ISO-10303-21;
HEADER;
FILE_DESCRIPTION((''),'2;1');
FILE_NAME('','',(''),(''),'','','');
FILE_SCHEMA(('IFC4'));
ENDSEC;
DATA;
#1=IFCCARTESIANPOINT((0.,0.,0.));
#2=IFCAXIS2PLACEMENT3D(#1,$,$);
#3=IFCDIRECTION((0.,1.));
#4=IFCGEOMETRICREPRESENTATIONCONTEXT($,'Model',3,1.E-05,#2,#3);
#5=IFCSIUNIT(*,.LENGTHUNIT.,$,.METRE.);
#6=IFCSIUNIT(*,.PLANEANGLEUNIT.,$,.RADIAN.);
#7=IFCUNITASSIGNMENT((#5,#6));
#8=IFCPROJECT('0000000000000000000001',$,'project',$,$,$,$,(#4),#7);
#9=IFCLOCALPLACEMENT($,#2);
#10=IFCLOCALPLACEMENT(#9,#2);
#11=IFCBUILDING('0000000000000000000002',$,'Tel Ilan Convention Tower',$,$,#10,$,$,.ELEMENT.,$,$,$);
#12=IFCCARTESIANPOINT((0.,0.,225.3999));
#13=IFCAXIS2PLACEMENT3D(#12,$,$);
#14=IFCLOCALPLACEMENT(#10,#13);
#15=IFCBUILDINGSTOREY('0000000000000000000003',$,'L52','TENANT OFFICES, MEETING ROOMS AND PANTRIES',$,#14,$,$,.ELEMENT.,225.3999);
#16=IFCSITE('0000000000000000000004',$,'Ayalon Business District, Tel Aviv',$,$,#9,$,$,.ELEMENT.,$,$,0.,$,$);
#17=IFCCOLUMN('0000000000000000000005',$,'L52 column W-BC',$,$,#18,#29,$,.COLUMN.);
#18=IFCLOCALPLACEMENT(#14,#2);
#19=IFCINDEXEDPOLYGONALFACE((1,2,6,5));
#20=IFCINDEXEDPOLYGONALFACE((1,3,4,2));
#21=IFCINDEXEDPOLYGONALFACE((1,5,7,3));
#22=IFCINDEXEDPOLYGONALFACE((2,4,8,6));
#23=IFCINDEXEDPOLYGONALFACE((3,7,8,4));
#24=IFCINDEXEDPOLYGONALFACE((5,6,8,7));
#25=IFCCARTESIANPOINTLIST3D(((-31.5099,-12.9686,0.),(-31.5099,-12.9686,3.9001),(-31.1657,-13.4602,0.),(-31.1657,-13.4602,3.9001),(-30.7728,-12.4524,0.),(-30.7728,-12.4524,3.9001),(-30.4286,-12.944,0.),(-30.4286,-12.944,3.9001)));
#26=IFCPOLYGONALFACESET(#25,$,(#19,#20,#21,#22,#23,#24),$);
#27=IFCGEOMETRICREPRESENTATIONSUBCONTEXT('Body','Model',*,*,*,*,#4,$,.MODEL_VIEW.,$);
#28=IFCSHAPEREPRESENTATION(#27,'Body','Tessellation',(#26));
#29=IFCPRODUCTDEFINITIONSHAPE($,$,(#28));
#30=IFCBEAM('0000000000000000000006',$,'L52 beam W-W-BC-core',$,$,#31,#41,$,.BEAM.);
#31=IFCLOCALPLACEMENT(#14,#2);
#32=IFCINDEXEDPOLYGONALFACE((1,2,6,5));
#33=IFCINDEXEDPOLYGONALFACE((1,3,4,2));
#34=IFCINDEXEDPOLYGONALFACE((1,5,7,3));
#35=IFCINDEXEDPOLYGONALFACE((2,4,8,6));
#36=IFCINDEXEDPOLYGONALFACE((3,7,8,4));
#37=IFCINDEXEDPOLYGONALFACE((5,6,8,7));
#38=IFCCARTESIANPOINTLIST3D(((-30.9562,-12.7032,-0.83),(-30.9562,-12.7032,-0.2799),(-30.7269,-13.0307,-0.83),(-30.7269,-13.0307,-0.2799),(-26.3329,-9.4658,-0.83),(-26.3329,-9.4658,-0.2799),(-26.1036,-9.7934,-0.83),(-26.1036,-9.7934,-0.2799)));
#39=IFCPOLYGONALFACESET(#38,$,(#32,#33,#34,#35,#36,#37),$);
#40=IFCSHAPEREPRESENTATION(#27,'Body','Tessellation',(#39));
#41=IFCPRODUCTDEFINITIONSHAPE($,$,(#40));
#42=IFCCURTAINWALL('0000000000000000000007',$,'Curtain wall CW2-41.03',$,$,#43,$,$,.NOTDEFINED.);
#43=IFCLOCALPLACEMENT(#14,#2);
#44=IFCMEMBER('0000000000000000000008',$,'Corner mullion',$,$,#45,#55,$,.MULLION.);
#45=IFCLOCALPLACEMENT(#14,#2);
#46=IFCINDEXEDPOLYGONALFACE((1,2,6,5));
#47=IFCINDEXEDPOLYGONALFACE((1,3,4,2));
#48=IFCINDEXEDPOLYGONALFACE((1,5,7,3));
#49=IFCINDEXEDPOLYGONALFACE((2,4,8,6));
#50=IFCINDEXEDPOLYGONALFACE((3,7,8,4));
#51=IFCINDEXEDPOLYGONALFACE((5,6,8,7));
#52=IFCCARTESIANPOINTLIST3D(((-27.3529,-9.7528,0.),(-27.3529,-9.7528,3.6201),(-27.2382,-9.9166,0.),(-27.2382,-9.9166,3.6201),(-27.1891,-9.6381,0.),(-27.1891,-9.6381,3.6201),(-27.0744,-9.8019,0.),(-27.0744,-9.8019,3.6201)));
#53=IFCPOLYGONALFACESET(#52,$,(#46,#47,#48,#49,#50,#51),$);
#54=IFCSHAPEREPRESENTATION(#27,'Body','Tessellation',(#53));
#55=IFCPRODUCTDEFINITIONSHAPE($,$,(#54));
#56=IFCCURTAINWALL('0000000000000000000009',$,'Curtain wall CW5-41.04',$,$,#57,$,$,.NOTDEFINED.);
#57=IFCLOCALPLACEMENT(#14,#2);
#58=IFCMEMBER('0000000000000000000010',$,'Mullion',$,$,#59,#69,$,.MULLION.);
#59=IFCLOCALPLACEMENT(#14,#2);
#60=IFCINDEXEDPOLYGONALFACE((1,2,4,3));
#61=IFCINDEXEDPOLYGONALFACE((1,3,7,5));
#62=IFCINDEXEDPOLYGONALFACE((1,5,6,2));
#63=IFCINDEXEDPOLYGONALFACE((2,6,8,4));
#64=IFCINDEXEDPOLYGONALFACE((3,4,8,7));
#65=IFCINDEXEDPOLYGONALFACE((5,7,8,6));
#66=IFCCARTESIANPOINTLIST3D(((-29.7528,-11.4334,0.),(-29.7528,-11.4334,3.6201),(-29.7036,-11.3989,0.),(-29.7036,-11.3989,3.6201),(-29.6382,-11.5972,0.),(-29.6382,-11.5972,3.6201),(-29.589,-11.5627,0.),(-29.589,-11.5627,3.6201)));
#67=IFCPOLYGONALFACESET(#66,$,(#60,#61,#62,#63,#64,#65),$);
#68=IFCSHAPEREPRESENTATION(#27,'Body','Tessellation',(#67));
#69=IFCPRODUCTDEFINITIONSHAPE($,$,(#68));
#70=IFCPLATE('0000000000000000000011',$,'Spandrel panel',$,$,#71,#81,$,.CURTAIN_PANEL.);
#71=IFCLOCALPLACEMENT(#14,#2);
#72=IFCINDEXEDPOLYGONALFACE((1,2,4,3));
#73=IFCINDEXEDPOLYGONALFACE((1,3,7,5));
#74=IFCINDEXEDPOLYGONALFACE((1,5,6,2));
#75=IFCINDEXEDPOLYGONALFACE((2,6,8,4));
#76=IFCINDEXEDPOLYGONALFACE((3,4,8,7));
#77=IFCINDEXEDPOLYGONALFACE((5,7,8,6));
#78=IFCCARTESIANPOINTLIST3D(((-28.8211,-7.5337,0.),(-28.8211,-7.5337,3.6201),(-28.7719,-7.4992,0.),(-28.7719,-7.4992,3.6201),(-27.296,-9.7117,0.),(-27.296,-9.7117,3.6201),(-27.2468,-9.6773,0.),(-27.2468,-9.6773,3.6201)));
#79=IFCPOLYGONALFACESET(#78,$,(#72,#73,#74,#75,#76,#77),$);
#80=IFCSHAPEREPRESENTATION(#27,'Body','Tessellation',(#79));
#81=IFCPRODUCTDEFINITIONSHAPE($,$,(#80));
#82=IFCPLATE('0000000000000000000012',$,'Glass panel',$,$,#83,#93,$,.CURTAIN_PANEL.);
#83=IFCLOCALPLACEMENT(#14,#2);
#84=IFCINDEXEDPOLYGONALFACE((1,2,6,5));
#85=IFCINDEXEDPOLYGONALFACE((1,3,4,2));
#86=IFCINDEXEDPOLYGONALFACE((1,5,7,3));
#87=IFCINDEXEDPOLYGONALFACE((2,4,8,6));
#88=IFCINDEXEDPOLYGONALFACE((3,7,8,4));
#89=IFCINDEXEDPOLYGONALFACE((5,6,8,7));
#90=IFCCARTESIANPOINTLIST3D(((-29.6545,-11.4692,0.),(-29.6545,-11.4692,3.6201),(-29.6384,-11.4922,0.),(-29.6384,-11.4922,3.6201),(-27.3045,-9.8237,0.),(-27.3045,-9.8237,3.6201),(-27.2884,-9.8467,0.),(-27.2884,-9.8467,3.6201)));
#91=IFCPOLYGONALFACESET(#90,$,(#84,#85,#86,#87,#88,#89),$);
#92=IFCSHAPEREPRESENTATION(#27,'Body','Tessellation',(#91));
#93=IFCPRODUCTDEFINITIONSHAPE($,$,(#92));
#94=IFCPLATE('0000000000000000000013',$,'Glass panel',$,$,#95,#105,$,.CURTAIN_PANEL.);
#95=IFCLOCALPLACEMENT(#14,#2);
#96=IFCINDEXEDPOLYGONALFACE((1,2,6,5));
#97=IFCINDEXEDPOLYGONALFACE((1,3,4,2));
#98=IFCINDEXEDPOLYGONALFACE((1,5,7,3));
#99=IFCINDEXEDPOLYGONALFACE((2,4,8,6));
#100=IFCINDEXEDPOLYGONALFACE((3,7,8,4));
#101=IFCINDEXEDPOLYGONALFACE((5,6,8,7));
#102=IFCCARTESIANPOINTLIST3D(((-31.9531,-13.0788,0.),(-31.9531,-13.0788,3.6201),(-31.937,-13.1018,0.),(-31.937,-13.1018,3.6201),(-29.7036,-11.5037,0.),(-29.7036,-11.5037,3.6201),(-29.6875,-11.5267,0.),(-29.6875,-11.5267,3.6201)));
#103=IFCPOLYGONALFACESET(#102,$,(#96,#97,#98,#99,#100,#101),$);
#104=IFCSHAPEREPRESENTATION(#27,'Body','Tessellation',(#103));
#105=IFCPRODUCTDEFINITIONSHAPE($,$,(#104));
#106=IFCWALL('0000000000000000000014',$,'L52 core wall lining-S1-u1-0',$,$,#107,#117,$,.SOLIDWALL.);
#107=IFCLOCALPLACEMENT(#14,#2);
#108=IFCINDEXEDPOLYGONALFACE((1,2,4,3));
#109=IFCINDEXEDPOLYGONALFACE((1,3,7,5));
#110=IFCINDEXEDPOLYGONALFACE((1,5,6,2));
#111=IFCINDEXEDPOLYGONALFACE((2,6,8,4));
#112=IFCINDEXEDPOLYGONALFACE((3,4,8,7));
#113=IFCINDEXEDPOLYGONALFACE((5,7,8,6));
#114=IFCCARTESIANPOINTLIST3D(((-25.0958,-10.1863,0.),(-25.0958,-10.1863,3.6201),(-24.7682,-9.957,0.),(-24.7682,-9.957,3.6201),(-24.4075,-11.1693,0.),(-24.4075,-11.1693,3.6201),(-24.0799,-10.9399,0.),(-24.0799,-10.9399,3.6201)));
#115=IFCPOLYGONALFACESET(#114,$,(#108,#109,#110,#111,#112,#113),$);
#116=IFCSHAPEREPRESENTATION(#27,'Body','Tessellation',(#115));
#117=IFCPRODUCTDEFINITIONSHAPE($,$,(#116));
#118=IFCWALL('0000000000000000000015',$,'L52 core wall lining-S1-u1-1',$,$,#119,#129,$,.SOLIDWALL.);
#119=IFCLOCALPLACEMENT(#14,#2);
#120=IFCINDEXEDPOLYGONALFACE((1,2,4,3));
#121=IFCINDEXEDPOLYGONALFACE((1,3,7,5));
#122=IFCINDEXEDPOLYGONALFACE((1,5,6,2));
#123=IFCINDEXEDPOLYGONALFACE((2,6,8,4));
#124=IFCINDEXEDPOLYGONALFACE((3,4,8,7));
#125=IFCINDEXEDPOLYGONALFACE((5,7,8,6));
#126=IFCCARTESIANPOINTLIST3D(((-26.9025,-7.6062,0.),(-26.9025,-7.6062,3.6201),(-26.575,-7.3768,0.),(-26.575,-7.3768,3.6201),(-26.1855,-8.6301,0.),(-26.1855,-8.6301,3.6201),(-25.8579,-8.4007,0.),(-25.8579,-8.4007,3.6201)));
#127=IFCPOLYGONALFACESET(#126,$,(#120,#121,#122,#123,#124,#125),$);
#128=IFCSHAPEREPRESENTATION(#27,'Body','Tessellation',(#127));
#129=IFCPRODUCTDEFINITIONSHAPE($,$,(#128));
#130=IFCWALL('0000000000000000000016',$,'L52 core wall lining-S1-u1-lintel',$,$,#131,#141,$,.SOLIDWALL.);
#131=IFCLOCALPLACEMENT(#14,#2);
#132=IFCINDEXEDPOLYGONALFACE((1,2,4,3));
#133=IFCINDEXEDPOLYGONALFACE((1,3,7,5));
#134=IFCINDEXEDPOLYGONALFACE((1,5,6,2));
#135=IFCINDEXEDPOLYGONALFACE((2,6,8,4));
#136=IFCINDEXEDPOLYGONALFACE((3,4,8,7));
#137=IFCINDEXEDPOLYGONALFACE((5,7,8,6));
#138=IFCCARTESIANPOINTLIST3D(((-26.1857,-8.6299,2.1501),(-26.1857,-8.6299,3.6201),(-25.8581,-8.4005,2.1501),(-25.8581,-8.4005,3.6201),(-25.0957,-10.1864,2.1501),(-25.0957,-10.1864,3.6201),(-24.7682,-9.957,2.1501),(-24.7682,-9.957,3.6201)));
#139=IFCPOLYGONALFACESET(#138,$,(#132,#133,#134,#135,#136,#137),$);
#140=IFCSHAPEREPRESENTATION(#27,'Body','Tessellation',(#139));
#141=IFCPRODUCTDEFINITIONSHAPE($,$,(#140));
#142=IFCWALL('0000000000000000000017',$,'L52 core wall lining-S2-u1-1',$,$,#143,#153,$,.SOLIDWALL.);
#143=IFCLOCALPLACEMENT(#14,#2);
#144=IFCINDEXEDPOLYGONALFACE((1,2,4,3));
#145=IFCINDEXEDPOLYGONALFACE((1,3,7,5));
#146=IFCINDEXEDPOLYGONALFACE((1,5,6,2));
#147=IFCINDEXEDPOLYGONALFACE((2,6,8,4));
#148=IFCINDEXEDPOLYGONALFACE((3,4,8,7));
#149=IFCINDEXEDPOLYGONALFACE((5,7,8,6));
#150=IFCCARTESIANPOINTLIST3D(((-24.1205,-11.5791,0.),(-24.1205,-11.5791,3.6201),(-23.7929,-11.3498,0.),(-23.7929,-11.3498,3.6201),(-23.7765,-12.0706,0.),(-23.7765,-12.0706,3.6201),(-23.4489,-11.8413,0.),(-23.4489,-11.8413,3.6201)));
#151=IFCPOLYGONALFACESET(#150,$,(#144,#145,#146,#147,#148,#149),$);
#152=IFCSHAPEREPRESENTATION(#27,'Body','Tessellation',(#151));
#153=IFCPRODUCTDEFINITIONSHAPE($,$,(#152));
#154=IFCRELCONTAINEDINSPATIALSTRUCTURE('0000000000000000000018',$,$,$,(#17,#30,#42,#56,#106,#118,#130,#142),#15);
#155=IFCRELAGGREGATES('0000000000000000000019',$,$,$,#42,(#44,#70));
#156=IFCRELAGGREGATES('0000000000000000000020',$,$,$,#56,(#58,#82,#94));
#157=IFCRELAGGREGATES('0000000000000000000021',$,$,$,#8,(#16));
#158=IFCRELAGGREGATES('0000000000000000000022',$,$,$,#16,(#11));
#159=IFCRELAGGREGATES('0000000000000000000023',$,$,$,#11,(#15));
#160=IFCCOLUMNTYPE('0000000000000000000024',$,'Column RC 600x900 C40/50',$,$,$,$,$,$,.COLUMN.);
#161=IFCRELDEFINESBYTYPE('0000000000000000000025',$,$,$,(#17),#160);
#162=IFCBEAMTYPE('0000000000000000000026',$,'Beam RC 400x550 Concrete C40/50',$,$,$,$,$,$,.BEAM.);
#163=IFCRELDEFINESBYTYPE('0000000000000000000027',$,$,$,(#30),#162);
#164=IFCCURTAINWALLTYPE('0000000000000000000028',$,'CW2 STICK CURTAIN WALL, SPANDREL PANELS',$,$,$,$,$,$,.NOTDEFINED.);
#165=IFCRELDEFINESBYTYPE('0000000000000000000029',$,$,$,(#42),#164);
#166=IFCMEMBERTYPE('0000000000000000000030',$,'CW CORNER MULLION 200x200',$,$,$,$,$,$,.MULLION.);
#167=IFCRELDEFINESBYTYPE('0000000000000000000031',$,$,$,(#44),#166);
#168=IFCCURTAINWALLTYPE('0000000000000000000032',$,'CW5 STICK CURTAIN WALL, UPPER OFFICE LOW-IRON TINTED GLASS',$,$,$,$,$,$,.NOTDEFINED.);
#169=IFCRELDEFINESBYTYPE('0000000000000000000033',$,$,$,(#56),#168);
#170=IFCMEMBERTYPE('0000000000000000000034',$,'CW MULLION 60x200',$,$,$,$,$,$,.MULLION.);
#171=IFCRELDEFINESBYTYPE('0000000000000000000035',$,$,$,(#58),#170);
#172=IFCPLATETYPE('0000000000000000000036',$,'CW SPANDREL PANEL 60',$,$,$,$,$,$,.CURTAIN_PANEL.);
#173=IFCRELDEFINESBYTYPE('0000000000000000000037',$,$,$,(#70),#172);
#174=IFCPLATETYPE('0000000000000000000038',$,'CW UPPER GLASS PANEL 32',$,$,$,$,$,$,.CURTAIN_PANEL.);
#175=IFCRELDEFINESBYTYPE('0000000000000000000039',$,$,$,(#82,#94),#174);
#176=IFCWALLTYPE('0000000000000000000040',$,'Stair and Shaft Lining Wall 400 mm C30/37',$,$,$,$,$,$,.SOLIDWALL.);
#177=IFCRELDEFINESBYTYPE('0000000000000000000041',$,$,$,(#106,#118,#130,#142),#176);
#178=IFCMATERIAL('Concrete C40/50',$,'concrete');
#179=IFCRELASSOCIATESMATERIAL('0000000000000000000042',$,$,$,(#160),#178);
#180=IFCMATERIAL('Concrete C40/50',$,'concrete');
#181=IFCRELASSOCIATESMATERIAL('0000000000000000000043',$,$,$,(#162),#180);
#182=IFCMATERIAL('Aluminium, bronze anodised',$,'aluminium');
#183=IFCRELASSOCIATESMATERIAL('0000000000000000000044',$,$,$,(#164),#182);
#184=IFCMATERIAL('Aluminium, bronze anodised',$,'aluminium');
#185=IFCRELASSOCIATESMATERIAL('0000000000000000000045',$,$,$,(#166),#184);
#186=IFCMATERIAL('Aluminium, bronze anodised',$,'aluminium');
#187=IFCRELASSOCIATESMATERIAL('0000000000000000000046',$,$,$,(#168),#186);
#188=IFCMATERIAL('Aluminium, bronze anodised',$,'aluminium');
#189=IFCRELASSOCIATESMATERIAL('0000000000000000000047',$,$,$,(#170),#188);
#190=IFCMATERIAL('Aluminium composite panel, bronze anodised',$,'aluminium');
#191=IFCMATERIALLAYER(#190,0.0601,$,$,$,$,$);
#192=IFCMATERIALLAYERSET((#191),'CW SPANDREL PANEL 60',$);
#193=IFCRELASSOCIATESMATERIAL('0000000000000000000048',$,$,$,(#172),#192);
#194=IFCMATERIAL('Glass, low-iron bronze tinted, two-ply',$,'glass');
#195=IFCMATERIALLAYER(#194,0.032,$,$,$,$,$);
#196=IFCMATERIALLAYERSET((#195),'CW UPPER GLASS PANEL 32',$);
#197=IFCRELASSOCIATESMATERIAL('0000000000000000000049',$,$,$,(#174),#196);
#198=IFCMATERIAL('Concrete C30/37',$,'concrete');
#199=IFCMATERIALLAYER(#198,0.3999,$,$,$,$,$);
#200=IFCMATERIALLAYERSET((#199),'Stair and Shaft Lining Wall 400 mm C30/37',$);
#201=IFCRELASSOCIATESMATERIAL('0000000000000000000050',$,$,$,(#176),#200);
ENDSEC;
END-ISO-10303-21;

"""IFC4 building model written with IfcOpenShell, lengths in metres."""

from ifc_helpers import new_model, si_unit, direction, frame, frame_2d, origin, origin_2d, place, context, subcontext, project, spatial, rectangle, extrude, material, layer, layer_set, material_profile, profile_set, type_object, element, aggregate, save


model = new_model("IFC4")

# Units and contexts
model_context = context("Model", 3, precision=1e-05, world=origin(), true_north=direction((0.0, 1.0)))
body_context = subcontext(model_context, "Body", "Model", "MODEL_VIEW")
ifc_project = project(units=[si_unit("LENGTHUNIT", "METRE"), si_unit("PLANEANGLEUNIT", "RADIAN")], contexts=[model_context])

# Site, building, storey
site_placement = place(None, origin())
site = spatial("IfcSite", under=ifc_project, at=site_placement, Name="Ayalon Business District, Tel Aviv", CompositionType="ELEMENT", RefElevation=0.0)
building_placement = place(site_placement, origin())
building = spatial("IfcBuilding", under=site, at=building_placement, Name="Tel Ilan Convention Tower", CompositionType="ELEMENT")
storey_placement = place(building_placement, frame((0.0, 0.0, 225.3999)))
storey = spatial("IfcBuildingStorey", under=building, at=storey_placement, Name="L52", Description="TENANT OFFICES, MEETING ROOMS AND PANTRIES", CompositionType="ELEMENT", Elevation=225.3999)

# Column
ifc_material_1 = material(Name="Concrete C40/50", Category="concrete")
ifc_material_profile_1 = material_profile(ifc_material_1, rectangle(XDim=0.8999, YDim=0.6001, at=origin_2d()), Name="RC 600x900")
ifc_profile_set_1 = profile_set([ifc_material_profile_1], Name="Concrete C40/50")
column_type = type_object("IfcColumnType", Name="Column RC 600x900 C40/50", PredefinedType="COLUMN", material=ifc_profile_set_1)
column_placement = place(storey_placement, frame((-30.9692, -12.9563, 0.0), z_axis=(0.0, 0.0, 1.0), x_axis=(-0.819152, -0.573576, 0.0)))
element("IfcColumn", 1, at=column_placement, inside=storey, type_object=column_type, Name="L52 column W-BC", PredefinedType="COLUMN", context=body_context, shape_type="SweptSolid", body=[
    extrude(rectangle(XDim=0.8999, YDim=0.6001, at=origin_2d()), origin(), (0.0, 0.0, 1.0), 3.9001),
])

# Beam
ifc_material_2 = material(Name="Concrete C40/50", Category="concrete")
ifc_material_profile_2 = material_profile(ifc_material_2, rectangle(XDim=0.3999, YDim=0.55, at=origin_2d()), Name="RC 400x550")
ifc_profile_set_2 = profile_set([ifc_material_profile_2], Name="Concrete C40/50")
beam_type = type_object("IfcBeamType", Name="Beam RC 400x550 Concrete C40/50", PredefinedType="BEAM", material=ifc_profile_set_2)
beam_placement = place(storey_placement, frame((-30.8416, -12.8669, -0.5549), z_axis=(0.819149, 0.573581, 0.0), x_axis=(-0.573581, 0.819149, 0.0)))
element("IfcBeam", 2, at=beam_placement, inside=storey, type_object=beam_type, Name="L52 beam W-W-BC-core", PredefinedType="BEAM", context=body_context, shape_type="SweptSolid", body=[
    extrude(rectangle(XDim=0.3999, YDim=0.55, at=origin_2d()), origin(), (0.0, 0.0, 1.0), 5.644),
])

# Curtain walls, members
ifc_material_3 = material(Name="Aluminium, bronze anodised", Category="aluminium")
curtain_wall_type_1 = type_object("IfcCurtainWallType", Name="CW2 STICK CURTAIN WALL, SPANDREL PANELS", PredefinedType="NOTDEFINED", material=ifc_material_3)
curtain_wall_1_placement = place(storey_placement, origin())
curtain_wall_1 = element("IfcCurtainWall", 3, at=curtain_wall_1_placement, inside=storey, type_object=curtain_wall_type_1, Name="Curtain wall CW2-41.03", PredefinedType="NOTDEFINED")
ifc_material_4 = material(Name="Aluminium, bronze anodised", Category="aluminium")
ifc_material_profile_3 = material_profile(ifc_material_4, rectangle(XDim=0.2, YDim=0.2, at=origin_2d()), Name="CW CORNER MULLION 200x200")
ifc_profile_set_3 = profile_set([ifc_material_profile_3], Name="Aluminium, bronze anodised")
member_type_1 = type_object("IfcMemberType", Name="CW CORNER MULLION 200x200", PredefinedType="MULLION", material=ifc_profile_set_3)
member_1_placement = place(storey_placement, frame((-27.2136, -9.7773, 0.0), z_axis=(0.0, 0.0, 1.0), x_axis=(0.573576, -0.819152, 0.0)))
member_1 = element("IfcMember", 4, at=member_1_placement, type_object=member_type_1, Name="Corner mullion", PredefinedType="MULLION", context=body_context, shape_type="SweptSolid", body=[
    extrude(rectangle(XDim=0.2, YDim=0.2, at=origin_2d()), origin(), (0.0, 0.0, 1.0), 3.6201),
])
ifc_material_5 = material(Name="Aluminium, bronze anodised", Category="aluminium")
curtain_wall_type_2 = type_object("IfcCurtainWallType", Name="CW5 STICK CURTAIN WALL, UPPER OFFICE LOW-IRON TINTED GLASS", PredefinedType="NOTDEFINED", material=ifc_material_5)
curtain_wall_2_placement = place(storey_placement, origin())
curtain_wall_2 = element("IfcCurtainWall", 5, at=curtain_wall_2_placement, inside=storey, type_object=curtain_wall_type_2, Name="Curtain wall CW5-41.04", PredefinedType="NOTDEFINED")
ifc_material_6 = material(Name="Aluminium, bronze anodised", Category="aluminium")
ifc_material_profile_4 = material_profile(ifc_material_6, rectangle(XDim=0.0601, YDim=0.2, at=origin_2d()), Name="CW MULLION 60x200")
ifc_profile_set_4 = profile_set([ifc_material_profile_4], Name="Aluminium, bronze anodised")
member_type_2 = type_object("IfcMemberType", Name="CW MULLION 60x200", PredefinedType="MULLION", material=ifc_profile_set_4)
member_2_placement = place(storey_placement, frame((-29.6709, -11.498, 0.0), z_axis=(0.0, 0.0, 1.0), x_axis=(-0.819152, -0.573576, 0.0)))
member_2 = element("IfcMember", 6, at=member_2_placement, type_object=member_type_2, Name="Mullion", PredefinedType="MULLION", context=body_context, shape_type="SweptSolid", body=[
    extrude(rectangle(XDim=0.0601, YDim=0.2, at=origin_2d()), origin(), (0.0, 0.0, 1.0), 3.6201),
])

# Plates
ifc_material_7 = material(Name="Aluminium composite panel, bronze anodised", Category="aluminium")
ifc_layer_1 = layer(ifc_material_7, 0.0601)
ifc_layer_set_1 = layer_set([ifc_layer_1], Name="CW SPANDREL PANEL 60")
plate_type_1 = type_object("IfcPlateType", Name="CW SPANDREL PANEL 60", PredefinedType="CURTAIN_PANEL", material=ifc_layer_set_1)
plate_1_placement = place(storey_placement, frame((-28.0339, -8.6055, 0.0), z_axis=(0.0, 0.0, 1.0), x_axis=(0.573576, -0.819152, 0.0)))
plate_1 = element("IfcPlate", 7, at=plate_1_placement, type_object=plate_type_1, Name="Spandrel panel", PredefinedType="CURTAIN_PANEL", context=body_context, shape_type="SweptSolid", body=[
    extrude(rectangle(XDim=2.6589, YDim=0.0601, at=origin_2d()), origin(), (0.0, 0.0, 1.0), 3.6201),
])
aggregate(curtain_wall_1, [member_1, plate_1])
ifc_material_8 = material(Name="Glass, low-iron bronze tinted, two-ply", Category="glass")
ifc_layer_2 = layer(ifc_material_8, 0.032)
ifc_layer_set_2 = layer_set([ifc_layer_2], Name="CW UPPER GLASS PANEL 32")
plate_type_2 = type_object("IfcPlateType", Name="CW UPPER GLASS PANEL 32", PredefinedType="CURTAIN_PANEL", material=ifc_layer_set_2)
plate_2_placement = place(storey_placement, frame((-28.4714, -10.658, 0.0), z_axis=(0.0, 0.0, 1.0), x_axis=(-0.819152, -0.573576, 0.0)))
plate_2 = element("IfcPlate", 8, at=plate_2_placement, type_object=plate_type_2, Name="Glass panel", PredefinedType="CURTAIN_PANEL", context=body_context, shape_type="SweptSolid", body=[
    extrude(rectangle(XDim=2.8689, YDim=0.0281, at=origin_2d()), origin(), (0.0, 0.0, 1.0), 3.6201),
])
plate_3_placement = place(storey_placement, frame((-30.8203, -12.3027, 0.0), z_axis=(0.0, 0.0, 1.0), x_axis=(-0.819152, -0.573576, 0.0)))
plate_3 = element("IfcPlate", 9, at=plate_3_placement, type_object=plate_type_2, Name="Glass panel", PredefinedType="CURTAIN_PANEL", context=body_context, shape_type="SweptSolid", body=[
    extrude(rectangle(XDim=2.7461, YDim=0.0281, at=origin_2d()), origin(), (0.0, 0.0, 1.0), 3.6201),
])
aggregate(curtain_wall_2, [member_2, plate_2, plate_3])

# Walls
ifc_material_9 = material(Name="Concrete C30/37", Category="concrete")
ifc_layer_3 = layer(ifc_material_9, 0.3999)
ifc_layer_set_3 = layer_set([ifc_layer_3], Name="Stair and Shaft Lining Wall 400 mm C30/37")
wall_type = type_object("IfcWallType", Name="Stair and Shaft Lining Wall 400 mm C30/37", PredefinedType="SOLIDWALL", material=ifc_layer_set_3)
wall_1_placement = place(storey_placement, frame((-24.2437, -11.0547, 0.0), z_axis=(0.0, 0.0, 1.0), x_axis=(-0.573572, 0.819155, 0.0)))
element("IfcWall", 10, at=wall_1_placement, inside=storey, type_object=wall_type, Name="L52 core wall lining-S1-u1-0", PredefinedType="SOLIDWALL", context=body_context, shape_type="SweptSolid", body=[
    extrude(rectangle(XDim=1.2, YDim=0.3999, at=frame_2d((0.6001, 0.0))), origin(), (0.0, 0.0, 1.0), 3.6201),
])
wall_2_placement = place(storey_placement, frame((-26.0217, -8.5154, 0.0), z_axis=(0.0, 0.0, 1.0), x_axis=(-0.57362, 0.819122, 0.0)))
element("IfcWall", 11, at=wall_2_placement, inside=storey, type_object=wall_type, Name="L52 core wall lining-S1-u1-1", PredefinedType="SOLIDWALL", context=body_context, shape_type="SweptSolid", body=[
    extrude(rectangle(XDim=1.25, YDim=0.3999, at=frame_2d((0.625, 0.0))), origin(), (0.0, 0.0, 1.0), 3.6201),
])
wall_3_placement = place(storey_placement, frame((-24.9319, -10.0718, 2.1501), z_axis=(0.0, 0.0, 1.0), x_axis=(-0.573592, 0.819141, 0.0)))
element("IfcWall", 12, at=wall_3_placement, inside=storey, type_object=wall_type, Name="L52 core wall lining-S1-u1-lintel", PredefinedType="SOLIDWALL", context=body_context, shape_type="SweptSolid", body=[
    extrude(rectangle(XDim=1.9001, YDim=0.3999, at=frame_2d((0.9502, 0.0))), origin(), (0.0, 0.0, 1.0), 1.47),
])
wall_4_placement = place(storey_placement, frame((-23.6128, -11.9558, 0.0), z_axis=(0.0, 0.0, 1.0), x_axis=(-0.573435, 0.819251, 0.0)))
element("IfcWall", 13, at=wall_4_placement, inside=storey, type_object=wall_type, Name="L52 core wall lining-S2-u1-1", PredefinedType="SOLIDWALL", context=body_context, shape_type="SweptSolid", body=[
    extrude(rectangle(XDim=0.5999, YDim=0.3999, at=frame_2d((0.2998, 0.0))), origin(), (0.0, 0.0, 1.0), 3.6201),
])

save(model, "model.ifc")
